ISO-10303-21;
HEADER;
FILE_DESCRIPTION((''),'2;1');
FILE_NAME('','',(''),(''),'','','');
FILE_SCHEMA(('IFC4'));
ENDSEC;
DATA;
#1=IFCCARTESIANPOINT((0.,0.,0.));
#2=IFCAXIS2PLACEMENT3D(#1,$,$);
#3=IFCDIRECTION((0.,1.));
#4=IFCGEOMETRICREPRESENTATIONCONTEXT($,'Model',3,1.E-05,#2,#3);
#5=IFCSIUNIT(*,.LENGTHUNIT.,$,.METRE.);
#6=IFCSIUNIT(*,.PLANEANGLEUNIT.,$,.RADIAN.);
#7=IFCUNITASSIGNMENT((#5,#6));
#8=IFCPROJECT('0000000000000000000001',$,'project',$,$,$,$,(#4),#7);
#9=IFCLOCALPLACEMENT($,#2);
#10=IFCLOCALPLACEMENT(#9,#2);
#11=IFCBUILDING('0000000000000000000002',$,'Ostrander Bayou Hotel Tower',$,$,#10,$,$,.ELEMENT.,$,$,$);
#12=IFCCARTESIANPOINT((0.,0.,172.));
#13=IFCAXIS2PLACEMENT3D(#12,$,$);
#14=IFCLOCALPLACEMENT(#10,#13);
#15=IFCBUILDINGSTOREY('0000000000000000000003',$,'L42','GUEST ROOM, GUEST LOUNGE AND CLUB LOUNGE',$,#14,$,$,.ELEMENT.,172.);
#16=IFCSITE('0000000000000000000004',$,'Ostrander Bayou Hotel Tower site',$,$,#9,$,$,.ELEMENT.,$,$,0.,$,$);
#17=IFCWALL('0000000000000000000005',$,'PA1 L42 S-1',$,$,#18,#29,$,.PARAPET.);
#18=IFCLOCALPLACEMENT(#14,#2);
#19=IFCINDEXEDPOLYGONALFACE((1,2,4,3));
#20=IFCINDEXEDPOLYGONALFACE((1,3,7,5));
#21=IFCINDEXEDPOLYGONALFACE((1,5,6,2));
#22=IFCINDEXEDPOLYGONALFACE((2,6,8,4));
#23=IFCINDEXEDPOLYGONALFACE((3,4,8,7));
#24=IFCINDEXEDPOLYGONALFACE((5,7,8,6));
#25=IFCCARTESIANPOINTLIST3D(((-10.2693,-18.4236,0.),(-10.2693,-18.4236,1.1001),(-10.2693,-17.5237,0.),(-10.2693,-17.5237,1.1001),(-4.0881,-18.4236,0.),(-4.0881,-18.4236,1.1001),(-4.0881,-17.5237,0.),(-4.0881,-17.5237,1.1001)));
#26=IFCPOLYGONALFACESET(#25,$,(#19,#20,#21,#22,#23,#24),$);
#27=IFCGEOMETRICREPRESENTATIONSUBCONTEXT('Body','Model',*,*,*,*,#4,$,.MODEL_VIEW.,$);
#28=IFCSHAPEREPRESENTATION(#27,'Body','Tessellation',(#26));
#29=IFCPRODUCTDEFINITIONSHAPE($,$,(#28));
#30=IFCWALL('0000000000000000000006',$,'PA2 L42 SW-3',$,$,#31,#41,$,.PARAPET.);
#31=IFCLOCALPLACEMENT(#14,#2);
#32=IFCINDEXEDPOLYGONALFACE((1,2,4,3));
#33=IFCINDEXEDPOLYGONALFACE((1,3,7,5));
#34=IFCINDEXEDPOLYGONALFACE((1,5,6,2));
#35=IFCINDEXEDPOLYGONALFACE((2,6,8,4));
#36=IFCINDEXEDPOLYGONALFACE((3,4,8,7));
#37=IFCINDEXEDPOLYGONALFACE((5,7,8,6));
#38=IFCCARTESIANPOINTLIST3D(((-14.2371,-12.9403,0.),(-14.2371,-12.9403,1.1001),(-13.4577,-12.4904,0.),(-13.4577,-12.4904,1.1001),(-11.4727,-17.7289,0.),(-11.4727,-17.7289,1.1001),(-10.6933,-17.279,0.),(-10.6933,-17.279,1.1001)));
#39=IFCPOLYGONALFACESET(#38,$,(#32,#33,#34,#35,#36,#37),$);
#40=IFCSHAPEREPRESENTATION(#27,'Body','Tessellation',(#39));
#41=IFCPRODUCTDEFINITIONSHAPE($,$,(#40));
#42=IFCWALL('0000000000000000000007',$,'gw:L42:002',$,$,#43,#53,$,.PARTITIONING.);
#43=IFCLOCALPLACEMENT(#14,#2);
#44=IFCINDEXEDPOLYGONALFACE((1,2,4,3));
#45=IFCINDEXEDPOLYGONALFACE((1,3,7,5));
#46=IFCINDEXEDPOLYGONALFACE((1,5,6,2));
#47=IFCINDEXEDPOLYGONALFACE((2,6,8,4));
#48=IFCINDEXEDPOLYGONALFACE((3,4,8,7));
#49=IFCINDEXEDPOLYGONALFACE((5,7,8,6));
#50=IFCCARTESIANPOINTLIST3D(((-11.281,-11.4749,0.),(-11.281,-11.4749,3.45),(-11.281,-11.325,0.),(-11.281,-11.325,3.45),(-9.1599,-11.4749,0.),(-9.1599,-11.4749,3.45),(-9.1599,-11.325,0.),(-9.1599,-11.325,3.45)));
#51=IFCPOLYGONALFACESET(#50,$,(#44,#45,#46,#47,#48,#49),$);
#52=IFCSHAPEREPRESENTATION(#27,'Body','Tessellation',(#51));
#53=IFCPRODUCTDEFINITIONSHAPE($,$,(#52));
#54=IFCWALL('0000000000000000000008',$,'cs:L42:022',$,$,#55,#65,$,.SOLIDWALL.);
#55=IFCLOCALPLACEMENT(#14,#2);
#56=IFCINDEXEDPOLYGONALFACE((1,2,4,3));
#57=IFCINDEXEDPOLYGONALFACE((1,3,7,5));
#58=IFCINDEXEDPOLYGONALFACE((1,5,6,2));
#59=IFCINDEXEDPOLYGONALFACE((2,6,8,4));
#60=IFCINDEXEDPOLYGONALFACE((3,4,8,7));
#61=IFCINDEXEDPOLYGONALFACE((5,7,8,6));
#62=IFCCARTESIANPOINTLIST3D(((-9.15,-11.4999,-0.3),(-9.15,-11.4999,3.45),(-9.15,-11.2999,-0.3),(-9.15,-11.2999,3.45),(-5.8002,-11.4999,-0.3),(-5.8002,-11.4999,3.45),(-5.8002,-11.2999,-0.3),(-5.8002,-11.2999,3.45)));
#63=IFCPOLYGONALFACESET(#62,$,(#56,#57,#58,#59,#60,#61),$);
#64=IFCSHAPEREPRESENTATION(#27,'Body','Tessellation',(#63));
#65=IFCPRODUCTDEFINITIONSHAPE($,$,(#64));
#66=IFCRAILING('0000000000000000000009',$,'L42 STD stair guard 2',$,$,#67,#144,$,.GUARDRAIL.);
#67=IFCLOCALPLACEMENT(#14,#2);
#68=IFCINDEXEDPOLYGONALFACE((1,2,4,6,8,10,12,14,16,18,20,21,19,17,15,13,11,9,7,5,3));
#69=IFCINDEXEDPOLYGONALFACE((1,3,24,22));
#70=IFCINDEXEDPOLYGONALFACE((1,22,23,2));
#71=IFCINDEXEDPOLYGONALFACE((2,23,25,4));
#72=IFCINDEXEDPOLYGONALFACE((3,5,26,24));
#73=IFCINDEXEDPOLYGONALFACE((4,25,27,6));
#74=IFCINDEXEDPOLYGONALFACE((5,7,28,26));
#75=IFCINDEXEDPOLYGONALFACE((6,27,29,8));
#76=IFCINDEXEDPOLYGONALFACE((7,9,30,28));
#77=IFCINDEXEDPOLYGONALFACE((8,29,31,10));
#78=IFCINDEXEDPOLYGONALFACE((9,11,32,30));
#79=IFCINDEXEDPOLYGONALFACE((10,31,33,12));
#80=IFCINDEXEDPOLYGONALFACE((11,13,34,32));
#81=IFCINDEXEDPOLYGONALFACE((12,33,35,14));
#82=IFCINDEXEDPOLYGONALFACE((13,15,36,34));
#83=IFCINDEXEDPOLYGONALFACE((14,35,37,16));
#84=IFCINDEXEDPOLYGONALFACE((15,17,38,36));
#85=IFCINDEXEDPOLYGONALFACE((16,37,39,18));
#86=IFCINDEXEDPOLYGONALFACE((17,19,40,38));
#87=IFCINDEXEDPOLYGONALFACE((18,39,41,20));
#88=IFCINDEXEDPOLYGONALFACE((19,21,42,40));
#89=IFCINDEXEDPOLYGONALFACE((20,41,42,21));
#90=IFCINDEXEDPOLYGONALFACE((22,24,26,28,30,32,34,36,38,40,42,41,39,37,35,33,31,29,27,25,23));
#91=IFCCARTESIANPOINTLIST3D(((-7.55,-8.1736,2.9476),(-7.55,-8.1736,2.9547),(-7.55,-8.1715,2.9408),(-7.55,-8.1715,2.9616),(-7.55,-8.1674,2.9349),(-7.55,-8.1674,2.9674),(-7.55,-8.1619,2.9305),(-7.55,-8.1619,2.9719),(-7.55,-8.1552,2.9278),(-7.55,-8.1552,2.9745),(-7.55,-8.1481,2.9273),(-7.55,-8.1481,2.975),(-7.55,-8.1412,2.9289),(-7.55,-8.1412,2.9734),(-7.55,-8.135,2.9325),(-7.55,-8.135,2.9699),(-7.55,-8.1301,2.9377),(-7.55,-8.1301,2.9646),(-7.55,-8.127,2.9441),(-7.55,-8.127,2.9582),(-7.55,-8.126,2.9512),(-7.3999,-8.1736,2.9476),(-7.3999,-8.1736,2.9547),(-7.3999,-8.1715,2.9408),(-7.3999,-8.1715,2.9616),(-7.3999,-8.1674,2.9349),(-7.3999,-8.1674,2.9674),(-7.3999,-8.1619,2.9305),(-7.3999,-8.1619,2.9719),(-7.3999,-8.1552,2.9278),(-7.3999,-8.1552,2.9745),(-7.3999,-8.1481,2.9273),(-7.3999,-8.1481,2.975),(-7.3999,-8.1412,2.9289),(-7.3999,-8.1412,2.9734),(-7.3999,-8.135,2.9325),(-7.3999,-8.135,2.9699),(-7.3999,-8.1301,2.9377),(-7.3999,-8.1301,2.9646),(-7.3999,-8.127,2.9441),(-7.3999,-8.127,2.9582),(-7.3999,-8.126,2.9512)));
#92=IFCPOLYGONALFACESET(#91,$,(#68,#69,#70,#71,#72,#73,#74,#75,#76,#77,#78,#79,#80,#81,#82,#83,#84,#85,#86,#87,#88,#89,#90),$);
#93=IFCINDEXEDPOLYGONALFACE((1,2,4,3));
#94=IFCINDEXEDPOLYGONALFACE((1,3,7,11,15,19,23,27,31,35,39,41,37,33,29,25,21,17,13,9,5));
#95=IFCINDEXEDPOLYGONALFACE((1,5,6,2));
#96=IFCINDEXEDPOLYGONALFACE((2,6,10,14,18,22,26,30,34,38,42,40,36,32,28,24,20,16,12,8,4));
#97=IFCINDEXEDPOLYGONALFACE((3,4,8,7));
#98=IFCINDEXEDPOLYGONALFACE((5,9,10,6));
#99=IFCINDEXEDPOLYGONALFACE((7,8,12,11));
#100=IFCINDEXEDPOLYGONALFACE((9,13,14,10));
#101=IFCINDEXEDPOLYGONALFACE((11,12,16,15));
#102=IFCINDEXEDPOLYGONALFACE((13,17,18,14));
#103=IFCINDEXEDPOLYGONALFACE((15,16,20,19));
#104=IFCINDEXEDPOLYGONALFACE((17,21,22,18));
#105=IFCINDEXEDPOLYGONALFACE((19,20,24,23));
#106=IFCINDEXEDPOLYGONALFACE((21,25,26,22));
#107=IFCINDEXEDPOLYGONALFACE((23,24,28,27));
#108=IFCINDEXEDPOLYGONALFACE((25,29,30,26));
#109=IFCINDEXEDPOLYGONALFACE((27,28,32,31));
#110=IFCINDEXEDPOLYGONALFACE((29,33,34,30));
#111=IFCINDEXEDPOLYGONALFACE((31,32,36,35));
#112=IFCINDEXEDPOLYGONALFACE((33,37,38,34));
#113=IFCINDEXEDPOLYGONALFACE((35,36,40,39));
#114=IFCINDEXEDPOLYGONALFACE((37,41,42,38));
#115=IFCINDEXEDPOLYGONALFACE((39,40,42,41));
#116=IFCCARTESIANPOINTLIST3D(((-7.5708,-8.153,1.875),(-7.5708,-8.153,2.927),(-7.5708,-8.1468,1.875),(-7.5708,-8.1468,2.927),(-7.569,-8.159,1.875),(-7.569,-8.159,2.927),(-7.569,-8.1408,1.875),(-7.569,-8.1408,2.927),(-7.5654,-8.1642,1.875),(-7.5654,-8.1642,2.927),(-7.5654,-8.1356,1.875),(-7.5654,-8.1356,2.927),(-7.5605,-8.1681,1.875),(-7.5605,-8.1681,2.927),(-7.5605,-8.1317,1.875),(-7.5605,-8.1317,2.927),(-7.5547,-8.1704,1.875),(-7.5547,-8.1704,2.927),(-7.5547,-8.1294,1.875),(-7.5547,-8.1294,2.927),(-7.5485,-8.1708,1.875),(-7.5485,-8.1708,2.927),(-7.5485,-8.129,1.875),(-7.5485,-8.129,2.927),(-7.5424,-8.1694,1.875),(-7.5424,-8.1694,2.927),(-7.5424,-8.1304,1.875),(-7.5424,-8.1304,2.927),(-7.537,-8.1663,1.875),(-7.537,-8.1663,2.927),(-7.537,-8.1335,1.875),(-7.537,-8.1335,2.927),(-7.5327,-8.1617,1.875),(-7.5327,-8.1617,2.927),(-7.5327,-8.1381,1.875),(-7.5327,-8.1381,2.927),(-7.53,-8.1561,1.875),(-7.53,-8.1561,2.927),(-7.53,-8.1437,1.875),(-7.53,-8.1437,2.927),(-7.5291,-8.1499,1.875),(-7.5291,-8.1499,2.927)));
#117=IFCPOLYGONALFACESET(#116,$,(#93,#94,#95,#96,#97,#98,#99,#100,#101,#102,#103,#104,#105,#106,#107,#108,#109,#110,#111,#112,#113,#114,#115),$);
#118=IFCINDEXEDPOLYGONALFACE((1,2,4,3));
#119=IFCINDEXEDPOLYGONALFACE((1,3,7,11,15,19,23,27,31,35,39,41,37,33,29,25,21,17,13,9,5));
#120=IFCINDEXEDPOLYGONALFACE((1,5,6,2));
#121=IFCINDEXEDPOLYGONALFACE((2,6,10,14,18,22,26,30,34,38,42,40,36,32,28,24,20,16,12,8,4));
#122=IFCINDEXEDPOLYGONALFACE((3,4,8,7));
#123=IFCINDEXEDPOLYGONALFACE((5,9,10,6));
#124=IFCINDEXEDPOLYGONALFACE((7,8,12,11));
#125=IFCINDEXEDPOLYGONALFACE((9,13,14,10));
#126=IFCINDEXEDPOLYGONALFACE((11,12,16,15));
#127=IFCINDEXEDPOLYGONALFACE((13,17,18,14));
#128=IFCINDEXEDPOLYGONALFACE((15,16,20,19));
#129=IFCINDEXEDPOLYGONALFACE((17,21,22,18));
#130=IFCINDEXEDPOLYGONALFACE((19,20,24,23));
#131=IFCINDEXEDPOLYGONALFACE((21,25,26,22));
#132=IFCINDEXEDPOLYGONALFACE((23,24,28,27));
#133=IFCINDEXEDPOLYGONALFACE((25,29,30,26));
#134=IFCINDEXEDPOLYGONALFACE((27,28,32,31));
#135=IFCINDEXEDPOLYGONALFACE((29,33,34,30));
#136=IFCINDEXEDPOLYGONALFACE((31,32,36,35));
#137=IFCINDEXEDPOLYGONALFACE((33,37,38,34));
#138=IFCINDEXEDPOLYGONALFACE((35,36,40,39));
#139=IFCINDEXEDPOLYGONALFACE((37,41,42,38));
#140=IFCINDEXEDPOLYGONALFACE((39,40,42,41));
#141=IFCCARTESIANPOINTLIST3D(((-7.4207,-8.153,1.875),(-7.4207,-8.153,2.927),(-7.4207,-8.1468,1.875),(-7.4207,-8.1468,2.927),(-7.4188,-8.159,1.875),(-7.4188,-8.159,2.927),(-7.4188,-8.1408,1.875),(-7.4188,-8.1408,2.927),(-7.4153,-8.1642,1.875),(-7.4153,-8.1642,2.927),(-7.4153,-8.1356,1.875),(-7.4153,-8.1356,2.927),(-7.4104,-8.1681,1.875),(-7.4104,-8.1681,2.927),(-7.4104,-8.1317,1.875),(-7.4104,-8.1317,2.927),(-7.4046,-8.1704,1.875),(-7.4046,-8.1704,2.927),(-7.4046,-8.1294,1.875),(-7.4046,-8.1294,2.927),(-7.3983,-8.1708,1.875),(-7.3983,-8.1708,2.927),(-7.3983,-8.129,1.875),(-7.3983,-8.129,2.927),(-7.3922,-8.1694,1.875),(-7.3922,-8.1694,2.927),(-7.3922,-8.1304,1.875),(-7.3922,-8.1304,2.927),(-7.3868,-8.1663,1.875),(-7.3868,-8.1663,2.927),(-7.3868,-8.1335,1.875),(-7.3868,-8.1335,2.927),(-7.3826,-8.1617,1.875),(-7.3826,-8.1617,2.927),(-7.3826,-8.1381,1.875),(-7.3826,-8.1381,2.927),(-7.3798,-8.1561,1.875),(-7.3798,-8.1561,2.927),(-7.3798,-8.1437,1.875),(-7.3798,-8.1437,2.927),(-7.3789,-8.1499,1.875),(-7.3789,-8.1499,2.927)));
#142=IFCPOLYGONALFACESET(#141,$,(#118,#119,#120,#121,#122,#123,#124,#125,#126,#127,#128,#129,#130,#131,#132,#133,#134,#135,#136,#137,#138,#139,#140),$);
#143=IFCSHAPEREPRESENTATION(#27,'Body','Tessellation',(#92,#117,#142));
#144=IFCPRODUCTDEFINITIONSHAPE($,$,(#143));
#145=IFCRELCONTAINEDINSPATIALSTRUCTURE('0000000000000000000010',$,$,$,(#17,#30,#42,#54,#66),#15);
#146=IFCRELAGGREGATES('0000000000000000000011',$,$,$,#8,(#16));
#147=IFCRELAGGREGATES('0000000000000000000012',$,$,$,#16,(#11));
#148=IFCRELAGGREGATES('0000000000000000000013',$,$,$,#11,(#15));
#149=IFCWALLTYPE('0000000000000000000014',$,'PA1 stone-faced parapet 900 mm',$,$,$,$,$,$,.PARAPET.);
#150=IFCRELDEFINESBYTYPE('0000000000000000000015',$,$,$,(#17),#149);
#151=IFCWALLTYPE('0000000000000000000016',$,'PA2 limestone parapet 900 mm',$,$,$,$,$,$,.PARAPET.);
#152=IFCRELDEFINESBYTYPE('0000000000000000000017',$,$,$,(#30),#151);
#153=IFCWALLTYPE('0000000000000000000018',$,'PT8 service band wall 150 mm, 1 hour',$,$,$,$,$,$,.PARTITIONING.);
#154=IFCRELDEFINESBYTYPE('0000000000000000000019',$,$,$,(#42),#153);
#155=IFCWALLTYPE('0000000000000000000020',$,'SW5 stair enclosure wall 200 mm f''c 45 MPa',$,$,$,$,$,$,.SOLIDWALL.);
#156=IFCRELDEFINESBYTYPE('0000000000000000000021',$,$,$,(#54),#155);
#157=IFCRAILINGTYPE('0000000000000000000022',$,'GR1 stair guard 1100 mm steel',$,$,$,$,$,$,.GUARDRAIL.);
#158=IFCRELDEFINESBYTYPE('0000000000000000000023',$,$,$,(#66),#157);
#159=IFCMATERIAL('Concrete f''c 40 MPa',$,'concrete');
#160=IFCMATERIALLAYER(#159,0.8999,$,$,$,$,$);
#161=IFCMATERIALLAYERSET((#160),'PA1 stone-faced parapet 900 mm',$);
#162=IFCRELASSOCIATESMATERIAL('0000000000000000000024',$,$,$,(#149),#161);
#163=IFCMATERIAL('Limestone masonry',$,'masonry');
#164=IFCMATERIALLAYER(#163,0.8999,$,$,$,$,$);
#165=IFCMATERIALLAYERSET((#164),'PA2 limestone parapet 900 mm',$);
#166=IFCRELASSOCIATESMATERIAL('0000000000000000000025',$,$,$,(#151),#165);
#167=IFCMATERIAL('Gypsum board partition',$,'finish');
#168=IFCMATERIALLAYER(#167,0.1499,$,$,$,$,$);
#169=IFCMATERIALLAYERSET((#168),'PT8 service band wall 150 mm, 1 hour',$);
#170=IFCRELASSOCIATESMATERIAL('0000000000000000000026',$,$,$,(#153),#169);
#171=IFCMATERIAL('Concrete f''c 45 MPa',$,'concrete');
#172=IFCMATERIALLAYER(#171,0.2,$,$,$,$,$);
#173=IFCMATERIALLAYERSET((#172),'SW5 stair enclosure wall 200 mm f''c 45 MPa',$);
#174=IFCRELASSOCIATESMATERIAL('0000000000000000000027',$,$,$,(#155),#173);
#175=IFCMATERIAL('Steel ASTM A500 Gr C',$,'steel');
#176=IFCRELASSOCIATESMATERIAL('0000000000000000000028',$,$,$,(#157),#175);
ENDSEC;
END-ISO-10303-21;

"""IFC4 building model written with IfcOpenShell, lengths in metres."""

from ifc_helpers import new_model, si_unit, direction, frame, frame_2d, origin, origin_2d, place, context, subcontext, project, spatial, rectangle, circle, extrude, material, layer, layer_set, type_object, element, save


model = new_model("IFC4")

# Units and contexts
model_context = context("Model", 3, precision=1e-05, world=origin(), true_north=direction((0.0, 1.0)))
body_context = subcontext(model_context, "Body", "Model", "MODEL_VIEW")
ifc_project = project(units=[si_unit("LENGTHUNIT", "METRE"), si_unit("PLANEANGLEUNIT", "RADIAN")], contexts=[model_context])

# Site, building, storey
site_placement = place(None, origin())
site = spatial("IfcSite", under=ifc_project, at=site_placement, Name="Ostrander Bayou Hotel Tower site", CompositionType="ELEMENT", RefElevation=0.0)
building_placement = place(site_placement, origin())
building = spatial("IfcBuilding", under=site, at=building_placement, Name="Ostrander Bayou Hotel Tower", CompositionType="ELEMENT")
storey_placement = place(building_placement, frame((0.0, 0.0, 172.0)))
storey = spatial("IfcBuildingStorey", under=building, at=storey_placement, Name="L42", Description="GUEST ROOM, GUEST LOUNGE AND CLUB LOUNGE", CompositionType="ELEMENT", Elevation=172.0)

# Walls
ifc_material_1 = material(Name="Concrete f'c 40 MPa", Category="concrete")
ifc_layer_1 = layer(ifc_material_1, 0.8999)
ifc_layer_set_1 = layer_set([ifc_layer_1], Name="PA1 stone-faced parapet 900 mm")
wall_type_1 = type_object("IfcWallType", Name="PA1 stone-faced parapet 900 mm", PredefinedType="PARAPET", material=ifc_layer_set_1)
wall_1_placement = place(storey_placement, frame((-10.2693, -17.9736, 0.0), z_axis=(0.0, 0.0, 1.0), x_axis=(1.0, 0.0, 0.0)))
element("IfcWall", 1, at=wall_1_placement, inside=storey, type_object=wall_type_1, Name="PA1 L42 S-1", PredefinedType="PARAPET", context=body_context, shape_type="SweptSolid", body=[
    extrude(rectangle(XDim=6.1812, YDim=0.8999, at=frame_2d((3.0906, 0.0))), origin(), (0.0, 0.0, 1.0), 1.1001),
])
ifc_material_2 = material(Name="Limestone masonry", Category="masonry")
ifc_layer_2 = layer(ifc_material_2, 0.8999)
ifc_layer_set_2 = layer_set([ifc_layer_2], Name="PA2 limestone parapet 900 mm")
wall_type_2 = type_object("IfcWallType", Name="PA2 limestone parapet 900 mm", PredefinedType="PARAPET", material=ifc_layer_set_2)
wall_2_placement = place(storey_placement, frame((-13.8474, -12.7153, 0.0), z_axis=(0.0, 0.0, 1.0), x_axis=(0.499962, -0.866047, 0.0)))
element("IfcWall", 2, at=wall_2_placement, inside=storey, type_object=wall_type_2, Name="PA2 L42 SW-3", PredefinedType="PARAPET", context=body_context, shape_type="SweptSolid", body=[
    extrude(rectangle(XDim=5.5293, YDim=0.8999, at=frame_2d((2.7646, 0.0))), origin(), (0.0, 0.0, 1.0), 1.1001),
])
ifc_material_3 = material(Name="Gypsum board partition", Category="finish")
ifc_layer_3 = layer(ifc_material_3, 0.1499)
ifc_layer_set_3 = layer_set([ifc_layer_3], Name="PT8 service band wall 150 mm, 1 hour")
wall_type_3 = type_object("IfcWallType", Name="PT8 service band wall 150 mm, 1 hour", PredefinedType="PARTITIONING", material=ifc_layer_set_3)
wall_3_placement = place(storey_placement, frame((-11.281, -11.3999, 0.0), z_axis=(0.0, 0.0, 1.0), x_axis=(1.0, 0.0, 0.0)))
element("IfcWall", 3, at=wall_3_placement, inside=storey, type_object=wall_type_3, Name="gw:L42:002", PredefinedType="PARTITIONING", context=body_context, shape_type="SweptSolid", body=[
    extrude(rectangle(XDim=2.1211, YDim=0.1499, at=frame_2d((1.0605, 0.0))), origin(), (0.0, 0.0, 1.0), 3.45),
])
ifc_material_4 = material(Name="Concrete f'c 45 MPa", Category="concrete")
ifc_layer_4 = layer(ifc_material_4, 0.2)
ifc_layer_set_4 = layer_set([ifc_layer_4], Name="SW5 stair enclosure wall 200 mm f'c 45 MPa")
wall_type_4 = type_object("IfcWallType", Name="SW5 stair enclosure wall 200 mm f'c 45 MPa", PredefinedType="SOLIDWALL", material=ifc_layer_set_4)
wall_4_placement = place(storey_placement, frame((-9.1499, -11.3999, -0.3), z_axis=(0.0, 0.0, 1.0), x_axis=(1.0, 0.0, 0.0)))
element("IfcWall", 4, at=wall_4_placement, inside=storey, type_object=wall_type_4, Name="cs:L42:022", PredefinedType="SOLIDWALL", context=body_context, shape_type="SweptSolid", body=[
    extrude(rectangle(XDim=3.3499, YDim=0.2, at=frame_2d((1.6748, 0.0))), origin(), (0.0, 0.0, 1.0), 3.75),
])

# Railing
ifc_material_5 = material(Name="Steel ASTM A500 Gr C", Category="steel")
railing_type = type_object("IfcRailingType", Name="GR1 stair guard 1100 mm steel", PredefinedType="GUARDRAIL", material=ifc_material_5)
railing_placement = place(storey_placement, frame((-7.55, -8.1499, 1.875)))
element("IfcRailing", 5, at=railing_placement, inside=storey, type_object=railing_type, Name="L42 STD stair guard 2", PredefinedType="GUARDRAIL", context=body_context, shape_type="SweptSolid", body=[
    extrude(circle(Radius=0.0239, at=origin_2d()), frame((0.0, 0.0, 1.0762), z_axis=(1.0, 0.0, 0.0), x_axis=(0.0, 1.0, 0.0)), (0.0, 0.0, 1.0), 0.1501),
    extrude(circle(Radius=0.021, at=origin_2d()), origin(), (0.0, 0.0, 1.0), 1.052),
    extrude(circle(Radius=0.021, at=origin_2d()), frame((0.1501, 0.0, 0.0)), (0.0, 0.0, 1.0), 1.052),
])

save(model, "model.ifc")
